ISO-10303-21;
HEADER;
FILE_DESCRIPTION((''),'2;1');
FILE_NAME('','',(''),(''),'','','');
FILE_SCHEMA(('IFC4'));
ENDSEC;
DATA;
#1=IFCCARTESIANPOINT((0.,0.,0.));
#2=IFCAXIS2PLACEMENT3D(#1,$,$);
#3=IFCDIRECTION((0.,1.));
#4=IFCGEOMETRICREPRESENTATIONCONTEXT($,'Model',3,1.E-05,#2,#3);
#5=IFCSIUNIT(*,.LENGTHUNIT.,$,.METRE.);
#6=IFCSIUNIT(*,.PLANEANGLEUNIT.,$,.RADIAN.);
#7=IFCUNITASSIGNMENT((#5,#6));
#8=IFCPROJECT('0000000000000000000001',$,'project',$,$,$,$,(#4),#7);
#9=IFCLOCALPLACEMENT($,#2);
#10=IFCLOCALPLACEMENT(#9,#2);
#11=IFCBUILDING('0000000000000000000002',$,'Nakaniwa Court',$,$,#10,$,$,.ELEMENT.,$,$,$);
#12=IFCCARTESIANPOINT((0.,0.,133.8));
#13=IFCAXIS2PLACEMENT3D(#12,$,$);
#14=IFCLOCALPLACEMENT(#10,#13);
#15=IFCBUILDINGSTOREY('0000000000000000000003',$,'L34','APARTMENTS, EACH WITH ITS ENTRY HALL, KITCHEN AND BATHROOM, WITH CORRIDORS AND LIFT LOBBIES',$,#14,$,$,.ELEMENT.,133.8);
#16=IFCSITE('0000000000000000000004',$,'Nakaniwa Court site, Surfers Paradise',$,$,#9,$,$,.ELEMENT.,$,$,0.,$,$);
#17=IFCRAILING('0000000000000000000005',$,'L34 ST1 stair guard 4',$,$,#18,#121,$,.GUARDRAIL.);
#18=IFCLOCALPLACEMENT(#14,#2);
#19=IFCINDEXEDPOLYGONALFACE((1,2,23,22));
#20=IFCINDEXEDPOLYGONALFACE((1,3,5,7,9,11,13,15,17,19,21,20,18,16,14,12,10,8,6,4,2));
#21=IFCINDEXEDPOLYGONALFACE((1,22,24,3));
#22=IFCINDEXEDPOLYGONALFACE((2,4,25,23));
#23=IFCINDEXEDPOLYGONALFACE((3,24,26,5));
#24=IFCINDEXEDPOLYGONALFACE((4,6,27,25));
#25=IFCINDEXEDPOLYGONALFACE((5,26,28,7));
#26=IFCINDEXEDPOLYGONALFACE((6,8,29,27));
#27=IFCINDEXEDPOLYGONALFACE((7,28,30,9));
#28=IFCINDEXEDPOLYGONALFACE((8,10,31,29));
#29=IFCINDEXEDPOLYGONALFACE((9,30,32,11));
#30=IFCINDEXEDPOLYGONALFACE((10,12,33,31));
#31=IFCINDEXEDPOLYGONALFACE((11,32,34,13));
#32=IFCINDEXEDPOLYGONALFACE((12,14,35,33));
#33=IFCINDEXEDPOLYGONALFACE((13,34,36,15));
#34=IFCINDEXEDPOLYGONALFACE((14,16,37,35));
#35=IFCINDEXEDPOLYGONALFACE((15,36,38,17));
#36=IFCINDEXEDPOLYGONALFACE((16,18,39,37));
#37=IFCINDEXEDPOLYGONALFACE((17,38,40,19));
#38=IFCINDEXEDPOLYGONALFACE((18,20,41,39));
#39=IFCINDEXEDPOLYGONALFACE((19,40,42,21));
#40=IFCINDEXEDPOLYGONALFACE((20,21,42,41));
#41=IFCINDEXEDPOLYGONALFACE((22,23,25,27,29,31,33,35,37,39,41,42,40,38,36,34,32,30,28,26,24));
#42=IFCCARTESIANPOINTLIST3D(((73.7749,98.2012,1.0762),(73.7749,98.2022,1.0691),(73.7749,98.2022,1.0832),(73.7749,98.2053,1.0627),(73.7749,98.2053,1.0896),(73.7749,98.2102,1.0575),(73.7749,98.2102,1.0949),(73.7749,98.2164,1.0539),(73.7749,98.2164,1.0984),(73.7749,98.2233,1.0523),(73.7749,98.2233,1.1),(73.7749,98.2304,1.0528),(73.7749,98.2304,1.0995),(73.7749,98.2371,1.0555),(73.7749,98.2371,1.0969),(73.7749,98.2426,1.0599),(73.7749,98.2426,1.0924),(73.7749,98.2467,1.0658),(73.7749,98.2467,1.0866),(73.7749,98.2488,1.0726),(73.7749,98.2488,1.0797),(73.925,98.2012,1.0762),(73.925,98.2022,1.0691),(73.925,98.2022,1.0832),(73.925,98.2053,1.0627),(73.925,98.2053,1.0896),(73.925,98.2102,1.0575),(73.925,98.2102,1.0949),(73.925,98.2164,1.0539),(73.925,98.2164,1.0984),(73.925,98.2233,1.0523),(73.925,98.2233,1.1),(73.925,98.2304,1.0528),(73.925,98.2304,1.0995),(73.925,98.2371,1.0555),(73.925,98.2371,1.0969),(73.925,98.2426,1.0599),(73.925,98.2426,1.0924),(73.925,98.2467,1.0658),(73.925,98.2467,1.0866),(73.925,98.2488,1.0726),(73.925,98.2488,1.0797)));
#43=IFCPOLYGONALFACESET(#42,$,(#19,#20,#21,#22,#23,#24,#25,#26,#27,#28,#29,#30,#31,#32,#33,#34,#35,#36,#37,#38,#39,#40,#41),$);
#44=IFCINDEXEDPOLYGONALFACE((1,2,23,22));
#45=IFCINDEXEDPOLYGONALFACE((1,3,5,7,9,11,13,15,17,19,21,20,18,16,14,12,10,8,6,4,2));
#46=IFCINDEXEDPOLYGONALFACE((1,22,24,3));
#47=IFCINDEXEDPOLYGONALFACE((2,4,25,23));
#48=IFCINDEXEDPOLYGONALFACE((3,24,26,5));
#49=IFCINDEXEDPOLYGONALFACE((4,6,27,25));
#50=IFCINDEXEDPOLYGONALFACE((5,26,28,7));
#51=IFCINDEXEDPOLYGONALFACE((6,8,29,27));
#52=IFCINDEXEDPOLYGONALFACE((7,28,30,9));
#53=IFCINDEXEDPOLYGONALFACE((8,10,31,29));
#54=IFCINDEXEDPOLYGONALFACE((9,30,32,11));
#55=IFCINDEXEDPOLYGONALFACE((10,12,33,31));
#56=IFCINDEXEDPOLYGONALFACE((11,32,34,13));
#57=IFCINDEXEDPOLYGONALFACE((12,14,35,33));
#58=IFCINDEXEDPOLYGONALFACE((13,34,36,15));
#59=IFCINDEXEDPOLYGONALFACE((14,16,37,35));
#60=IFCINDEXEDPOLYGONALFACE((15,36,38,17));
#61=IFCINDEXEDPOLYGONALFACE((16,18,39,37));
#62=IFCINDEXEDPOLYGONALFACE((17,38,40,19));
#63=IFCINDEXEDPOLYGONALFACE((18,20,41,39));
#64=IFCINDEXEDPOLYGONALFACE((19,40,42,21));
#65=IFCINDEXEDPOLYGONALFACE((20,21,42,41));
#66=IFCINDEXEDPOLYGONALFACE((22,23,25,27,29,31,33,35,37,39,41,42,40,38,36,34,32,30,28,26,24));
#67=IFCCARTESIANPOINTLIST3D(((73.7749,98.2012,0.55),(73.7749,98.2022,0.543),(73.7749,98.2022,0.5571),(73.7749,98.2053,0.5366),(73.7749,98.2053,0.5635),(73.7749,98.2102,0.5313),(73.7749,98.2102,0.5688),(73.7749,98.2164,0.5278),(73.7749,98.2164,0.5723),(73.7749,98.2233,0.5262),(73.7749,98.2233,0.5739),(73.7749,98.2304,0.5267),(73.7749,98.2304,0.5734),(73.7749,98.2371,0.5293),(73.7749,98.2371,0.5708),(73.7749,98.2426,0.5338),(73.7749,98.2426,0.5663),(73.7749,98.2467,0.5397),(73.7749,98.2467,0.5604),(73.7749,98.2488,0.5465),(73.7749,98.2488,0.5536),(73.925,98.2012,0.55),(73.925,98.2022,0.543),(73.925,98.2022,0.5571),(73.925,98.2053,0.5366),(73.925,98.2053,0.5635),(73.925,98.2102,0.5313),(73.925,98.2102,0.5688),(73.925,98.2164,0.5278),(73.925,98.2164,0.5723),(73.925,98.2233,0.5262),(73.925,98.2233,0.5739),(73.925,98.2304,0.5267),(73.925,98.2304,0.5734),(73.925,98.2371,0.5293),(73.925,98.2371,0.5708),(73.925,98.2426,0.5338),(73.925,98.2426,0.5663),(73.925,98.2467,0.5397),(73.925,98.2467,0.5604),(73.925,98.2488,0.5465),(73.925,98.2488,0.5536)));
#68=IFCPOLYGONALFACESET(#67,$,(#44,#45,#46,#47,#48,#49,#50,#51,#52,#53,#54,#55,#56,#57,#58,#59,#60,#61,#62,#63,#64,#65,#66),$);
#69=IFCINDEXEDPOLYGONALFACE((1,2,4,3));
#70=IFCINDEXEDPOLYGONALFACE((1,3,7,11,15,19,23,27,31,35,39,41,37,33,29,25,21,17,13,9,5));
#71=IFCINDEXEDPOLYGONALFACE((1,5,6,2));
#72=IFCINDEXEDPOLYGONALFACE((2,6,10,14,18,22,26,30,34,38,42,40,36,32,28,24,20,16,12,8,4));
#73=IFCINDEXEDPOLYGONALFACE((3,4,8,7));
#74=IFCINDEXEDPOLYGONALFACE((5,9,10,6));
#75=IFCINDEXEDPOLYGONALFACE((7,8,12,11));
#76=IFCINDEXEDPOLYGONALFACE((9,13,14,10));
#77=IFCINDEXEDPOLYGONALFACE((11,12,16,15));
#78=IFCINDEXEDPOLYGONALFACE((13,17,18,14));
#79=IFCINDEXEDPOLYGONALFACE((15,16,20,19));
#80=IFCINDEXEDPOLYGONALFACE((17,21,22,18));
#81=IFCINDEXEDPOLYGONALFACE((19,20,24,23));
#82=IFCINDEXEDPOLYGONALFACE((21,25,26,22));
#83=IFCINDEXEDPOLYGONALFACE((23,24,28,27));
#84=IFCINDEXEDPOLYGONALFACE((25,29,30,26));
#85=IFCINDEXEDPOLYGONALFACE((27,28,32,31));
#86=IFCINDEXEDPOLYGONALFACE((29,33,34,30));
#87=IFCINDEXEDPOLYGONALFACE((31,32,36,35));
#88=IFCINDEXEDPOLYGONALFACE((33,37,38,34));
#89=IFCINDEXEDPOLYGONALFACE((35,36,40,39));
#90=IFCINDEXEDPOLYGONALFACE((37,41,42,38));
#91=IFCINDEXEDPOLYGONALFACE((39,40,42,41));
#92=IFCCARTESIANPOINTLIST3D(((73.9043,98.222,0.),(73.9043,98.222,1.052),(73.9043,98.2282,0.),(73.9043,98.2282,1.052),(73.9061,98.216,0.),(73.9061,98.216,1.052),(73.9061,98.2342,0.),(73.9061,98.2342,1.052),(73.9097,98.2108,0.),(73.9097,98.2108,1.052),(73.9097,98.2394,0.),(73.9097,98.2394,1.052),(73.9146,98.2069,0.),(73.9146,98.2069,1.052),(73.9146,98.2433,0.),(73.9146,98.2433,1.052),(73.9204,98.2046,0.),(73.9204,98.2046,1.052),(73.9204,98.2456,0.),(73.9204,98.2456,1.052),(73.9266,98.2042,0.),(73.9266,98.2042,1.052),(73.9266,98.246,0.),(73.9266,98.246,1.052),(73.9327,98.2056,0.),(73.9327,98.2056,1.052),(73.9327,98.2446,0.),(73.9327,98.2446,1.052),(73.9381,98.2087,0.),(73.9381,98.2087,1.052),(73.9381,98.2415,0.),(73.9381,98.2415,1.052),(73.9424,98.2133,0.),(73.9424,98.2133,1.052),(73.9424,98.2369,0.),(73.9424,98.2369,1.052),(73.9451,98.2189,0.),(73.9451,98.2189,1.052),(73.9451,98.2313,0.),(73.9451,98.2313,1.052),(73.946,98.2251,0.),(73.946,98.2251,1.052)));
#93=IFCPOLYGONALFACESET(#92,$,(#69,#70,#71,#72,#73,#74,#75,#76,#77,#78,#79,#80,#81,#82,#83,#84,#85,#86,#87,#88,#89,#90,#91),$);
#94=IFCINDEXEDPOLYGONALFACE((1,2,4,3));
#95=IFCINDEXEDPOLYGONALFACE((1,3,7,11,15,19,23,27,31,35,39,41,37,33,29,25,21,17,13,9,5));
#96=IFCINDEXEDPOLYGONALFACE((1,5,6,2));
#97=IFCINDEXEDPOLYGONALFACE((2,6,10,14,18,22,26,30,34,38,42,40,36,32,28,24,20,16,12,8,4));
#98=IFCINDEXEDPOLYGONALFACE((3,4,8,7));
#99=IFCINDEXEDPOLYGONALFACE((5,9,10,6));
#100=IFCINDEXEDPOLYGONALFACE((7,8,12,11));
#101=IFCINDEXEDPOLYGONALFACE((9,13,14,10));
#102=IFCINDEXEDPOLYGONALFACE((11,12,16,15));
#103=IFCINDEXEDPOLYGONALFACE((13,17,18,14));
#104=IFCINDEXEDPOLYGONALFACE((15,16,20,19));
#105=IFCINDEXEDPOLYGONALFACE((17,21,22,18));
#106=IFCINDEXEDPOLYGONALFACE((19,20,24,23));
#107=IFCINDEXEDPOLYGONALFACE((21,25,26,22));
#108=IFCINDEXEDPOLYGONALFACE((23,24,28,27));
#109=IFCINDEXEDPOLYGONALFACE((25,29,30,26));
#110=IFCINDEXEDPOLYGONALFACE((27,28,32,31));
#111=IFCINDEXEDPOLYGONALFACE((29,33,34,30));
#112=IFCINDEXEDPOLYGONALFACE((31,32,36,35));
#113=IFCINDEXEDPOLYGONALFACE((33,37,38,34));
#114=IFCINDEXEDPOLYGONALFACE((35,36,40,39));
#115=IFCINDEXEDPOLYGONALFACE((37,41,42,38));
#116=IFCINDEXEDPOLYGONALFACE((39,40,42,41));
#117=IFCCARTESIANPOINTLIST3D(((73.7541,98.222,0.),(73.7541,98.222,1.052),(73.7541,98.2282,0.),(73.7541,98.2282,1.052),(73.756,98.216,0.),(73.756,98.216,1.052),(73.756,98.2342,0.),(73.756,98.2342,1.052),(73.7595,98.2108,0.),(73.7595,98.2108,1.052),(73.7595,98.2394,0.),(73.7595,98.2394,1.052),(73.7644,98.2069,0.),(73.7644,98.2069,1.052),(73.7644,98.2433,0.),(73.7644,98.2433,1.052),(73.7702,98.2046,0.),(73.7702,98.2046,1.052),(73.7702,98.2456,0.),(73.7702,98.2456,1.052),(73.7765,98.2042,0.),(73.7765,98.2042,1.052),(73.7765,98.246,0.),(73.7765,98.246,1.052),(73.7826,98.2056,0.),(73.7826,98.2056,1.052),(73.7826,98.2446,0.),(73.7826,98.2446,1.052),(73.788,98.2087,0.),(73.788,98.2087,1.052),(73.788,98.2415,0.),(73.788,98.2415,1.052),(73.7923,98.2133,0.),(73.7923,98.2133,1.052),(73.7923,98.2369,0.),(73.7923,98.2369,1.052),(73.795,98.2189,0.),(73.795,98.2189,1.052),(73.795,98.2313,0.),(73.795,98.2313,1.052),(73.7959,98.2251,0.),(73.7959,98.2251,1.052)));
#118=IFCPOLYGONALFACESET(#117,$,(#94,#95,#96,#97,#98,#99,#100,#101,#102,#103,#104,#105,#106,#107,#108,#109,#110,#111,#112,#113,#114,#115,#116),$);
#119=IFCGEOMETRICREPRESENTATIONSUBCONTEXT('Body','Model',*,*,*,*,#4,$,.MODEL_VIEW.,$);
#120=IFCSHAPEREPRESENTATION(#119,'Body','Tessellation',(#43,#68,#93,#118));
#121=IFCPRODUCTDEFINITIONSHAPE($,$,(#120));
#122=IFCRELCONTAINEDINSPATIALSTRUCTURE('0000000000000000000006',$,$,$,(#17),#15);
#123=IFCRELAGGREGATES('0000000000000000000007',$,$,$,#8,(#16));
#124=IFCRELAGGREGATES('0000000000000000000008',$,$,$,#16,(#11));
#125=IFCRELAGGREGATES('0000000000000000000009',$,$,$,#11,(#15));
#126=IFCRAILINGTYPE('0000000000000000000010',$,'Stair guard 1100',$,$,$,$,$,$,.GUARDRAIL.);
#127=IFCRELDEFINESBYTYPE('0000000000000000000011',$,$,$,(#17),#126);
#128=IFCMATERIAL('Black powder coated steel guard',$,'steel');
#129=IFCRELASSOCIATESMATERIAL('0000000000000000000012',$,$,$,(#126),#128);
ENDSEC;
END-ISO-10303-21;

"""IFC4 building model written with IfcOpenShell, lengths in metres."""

from ifc_helpers import new_model, si_unit, direction, frame, origin, origin_2d, place, context, subcontext, project, spatial, circle, extrude, material, type_object, element, save


model = new_model("IFC4")

# Units and contexts
model_context = context("Model", 3, precision=1e-05, world=origin(), true_north=direction((0.0, 1.0)))
body_context = subcontext(model_context, "Body", "Model", "MODEL_VIEW")
ifc_project = project(units=[si_unit("LENGTHUNIT", "METRE"), si_unit("PLANEANGLEUNIT", "RADIAN")], contexts=[model_context])

# Site, building, storey
site_placement = place(None, origin())
site = spatial("IfcSite", under=ifc_project, at=site_placement, Name="Nakaniwa Court site, Surfers Paradise", CompositionType="ELEMENT", RefElevation=0.0)
building_placement = place(site_placement, origin())
building = spatial("IfcBuilding", under=site, at=building_placement, Name="Nakaniwa Court", CompositionType="ELEMENT")
storey_placement = place(building_placement, frame((0.0, 0.0, 133.8)))
storey = spatial("IfcBuildingStorey", under=building, at=storey_placement, Name="L34", Description="APARTMENTS, EACH WITH ITS ENTRY HALL, KITCHEN AND BATHROOM, WITH CORRIDORS AND LIFT LOBBIES", CompositionType="ELEMENT", Elevation=133.8)

# Railing
ifc_material_1 = material(Name="Black powder coated steel guard", Category="steel")
railing_type_1 = type_object("IfcRailingType", Name="Stair guard 1100", PredefinedType="GUARDRAIL", material=ifc_material_1)
railing_1_placement = place(storey_placement, frame((73.925, 98.2251, 0.0)))
element("IfcRailing", 1, at=railing_1_placement, inside=storey, type_object=railing_type_1, Name="L34 ST1 stair guard 4", PredefinedType="GUARDRAIL", context=body_context, shape_type="SweptSolid", body=[
    extrude(circle(Radius=0.0239, at=origin_2d()), frame((0.0, 0.0, 1.0762), z_axis=(-1.0, 0.0, 0.0), x_axis=(0.0, -1.0, 0.0)), (0.0, 0.0, 1.0), 0.1501),
    extrude(circle(Radius=0.0239, at=origin_2d()), frame((0.0, 0.0, 0.55), z_axis=(-1.0, 0.0, 0.0), x_axis=(0.0, -1.0, 0.0)), (0.0, 0.0, 1.0), 0.1501),
    extrude(circle(Radius=0.021, at=origin_2d()), origin(), (0.0, 0.0, 1.0), 1.052),
    extrude(circle(Radius=0.021, at=origin_2d()), frame((-0.1501, 0.0, 0.0)), (0.0, 0.0, 1.0), 1.052),
])

save(model, "model.ifc")
